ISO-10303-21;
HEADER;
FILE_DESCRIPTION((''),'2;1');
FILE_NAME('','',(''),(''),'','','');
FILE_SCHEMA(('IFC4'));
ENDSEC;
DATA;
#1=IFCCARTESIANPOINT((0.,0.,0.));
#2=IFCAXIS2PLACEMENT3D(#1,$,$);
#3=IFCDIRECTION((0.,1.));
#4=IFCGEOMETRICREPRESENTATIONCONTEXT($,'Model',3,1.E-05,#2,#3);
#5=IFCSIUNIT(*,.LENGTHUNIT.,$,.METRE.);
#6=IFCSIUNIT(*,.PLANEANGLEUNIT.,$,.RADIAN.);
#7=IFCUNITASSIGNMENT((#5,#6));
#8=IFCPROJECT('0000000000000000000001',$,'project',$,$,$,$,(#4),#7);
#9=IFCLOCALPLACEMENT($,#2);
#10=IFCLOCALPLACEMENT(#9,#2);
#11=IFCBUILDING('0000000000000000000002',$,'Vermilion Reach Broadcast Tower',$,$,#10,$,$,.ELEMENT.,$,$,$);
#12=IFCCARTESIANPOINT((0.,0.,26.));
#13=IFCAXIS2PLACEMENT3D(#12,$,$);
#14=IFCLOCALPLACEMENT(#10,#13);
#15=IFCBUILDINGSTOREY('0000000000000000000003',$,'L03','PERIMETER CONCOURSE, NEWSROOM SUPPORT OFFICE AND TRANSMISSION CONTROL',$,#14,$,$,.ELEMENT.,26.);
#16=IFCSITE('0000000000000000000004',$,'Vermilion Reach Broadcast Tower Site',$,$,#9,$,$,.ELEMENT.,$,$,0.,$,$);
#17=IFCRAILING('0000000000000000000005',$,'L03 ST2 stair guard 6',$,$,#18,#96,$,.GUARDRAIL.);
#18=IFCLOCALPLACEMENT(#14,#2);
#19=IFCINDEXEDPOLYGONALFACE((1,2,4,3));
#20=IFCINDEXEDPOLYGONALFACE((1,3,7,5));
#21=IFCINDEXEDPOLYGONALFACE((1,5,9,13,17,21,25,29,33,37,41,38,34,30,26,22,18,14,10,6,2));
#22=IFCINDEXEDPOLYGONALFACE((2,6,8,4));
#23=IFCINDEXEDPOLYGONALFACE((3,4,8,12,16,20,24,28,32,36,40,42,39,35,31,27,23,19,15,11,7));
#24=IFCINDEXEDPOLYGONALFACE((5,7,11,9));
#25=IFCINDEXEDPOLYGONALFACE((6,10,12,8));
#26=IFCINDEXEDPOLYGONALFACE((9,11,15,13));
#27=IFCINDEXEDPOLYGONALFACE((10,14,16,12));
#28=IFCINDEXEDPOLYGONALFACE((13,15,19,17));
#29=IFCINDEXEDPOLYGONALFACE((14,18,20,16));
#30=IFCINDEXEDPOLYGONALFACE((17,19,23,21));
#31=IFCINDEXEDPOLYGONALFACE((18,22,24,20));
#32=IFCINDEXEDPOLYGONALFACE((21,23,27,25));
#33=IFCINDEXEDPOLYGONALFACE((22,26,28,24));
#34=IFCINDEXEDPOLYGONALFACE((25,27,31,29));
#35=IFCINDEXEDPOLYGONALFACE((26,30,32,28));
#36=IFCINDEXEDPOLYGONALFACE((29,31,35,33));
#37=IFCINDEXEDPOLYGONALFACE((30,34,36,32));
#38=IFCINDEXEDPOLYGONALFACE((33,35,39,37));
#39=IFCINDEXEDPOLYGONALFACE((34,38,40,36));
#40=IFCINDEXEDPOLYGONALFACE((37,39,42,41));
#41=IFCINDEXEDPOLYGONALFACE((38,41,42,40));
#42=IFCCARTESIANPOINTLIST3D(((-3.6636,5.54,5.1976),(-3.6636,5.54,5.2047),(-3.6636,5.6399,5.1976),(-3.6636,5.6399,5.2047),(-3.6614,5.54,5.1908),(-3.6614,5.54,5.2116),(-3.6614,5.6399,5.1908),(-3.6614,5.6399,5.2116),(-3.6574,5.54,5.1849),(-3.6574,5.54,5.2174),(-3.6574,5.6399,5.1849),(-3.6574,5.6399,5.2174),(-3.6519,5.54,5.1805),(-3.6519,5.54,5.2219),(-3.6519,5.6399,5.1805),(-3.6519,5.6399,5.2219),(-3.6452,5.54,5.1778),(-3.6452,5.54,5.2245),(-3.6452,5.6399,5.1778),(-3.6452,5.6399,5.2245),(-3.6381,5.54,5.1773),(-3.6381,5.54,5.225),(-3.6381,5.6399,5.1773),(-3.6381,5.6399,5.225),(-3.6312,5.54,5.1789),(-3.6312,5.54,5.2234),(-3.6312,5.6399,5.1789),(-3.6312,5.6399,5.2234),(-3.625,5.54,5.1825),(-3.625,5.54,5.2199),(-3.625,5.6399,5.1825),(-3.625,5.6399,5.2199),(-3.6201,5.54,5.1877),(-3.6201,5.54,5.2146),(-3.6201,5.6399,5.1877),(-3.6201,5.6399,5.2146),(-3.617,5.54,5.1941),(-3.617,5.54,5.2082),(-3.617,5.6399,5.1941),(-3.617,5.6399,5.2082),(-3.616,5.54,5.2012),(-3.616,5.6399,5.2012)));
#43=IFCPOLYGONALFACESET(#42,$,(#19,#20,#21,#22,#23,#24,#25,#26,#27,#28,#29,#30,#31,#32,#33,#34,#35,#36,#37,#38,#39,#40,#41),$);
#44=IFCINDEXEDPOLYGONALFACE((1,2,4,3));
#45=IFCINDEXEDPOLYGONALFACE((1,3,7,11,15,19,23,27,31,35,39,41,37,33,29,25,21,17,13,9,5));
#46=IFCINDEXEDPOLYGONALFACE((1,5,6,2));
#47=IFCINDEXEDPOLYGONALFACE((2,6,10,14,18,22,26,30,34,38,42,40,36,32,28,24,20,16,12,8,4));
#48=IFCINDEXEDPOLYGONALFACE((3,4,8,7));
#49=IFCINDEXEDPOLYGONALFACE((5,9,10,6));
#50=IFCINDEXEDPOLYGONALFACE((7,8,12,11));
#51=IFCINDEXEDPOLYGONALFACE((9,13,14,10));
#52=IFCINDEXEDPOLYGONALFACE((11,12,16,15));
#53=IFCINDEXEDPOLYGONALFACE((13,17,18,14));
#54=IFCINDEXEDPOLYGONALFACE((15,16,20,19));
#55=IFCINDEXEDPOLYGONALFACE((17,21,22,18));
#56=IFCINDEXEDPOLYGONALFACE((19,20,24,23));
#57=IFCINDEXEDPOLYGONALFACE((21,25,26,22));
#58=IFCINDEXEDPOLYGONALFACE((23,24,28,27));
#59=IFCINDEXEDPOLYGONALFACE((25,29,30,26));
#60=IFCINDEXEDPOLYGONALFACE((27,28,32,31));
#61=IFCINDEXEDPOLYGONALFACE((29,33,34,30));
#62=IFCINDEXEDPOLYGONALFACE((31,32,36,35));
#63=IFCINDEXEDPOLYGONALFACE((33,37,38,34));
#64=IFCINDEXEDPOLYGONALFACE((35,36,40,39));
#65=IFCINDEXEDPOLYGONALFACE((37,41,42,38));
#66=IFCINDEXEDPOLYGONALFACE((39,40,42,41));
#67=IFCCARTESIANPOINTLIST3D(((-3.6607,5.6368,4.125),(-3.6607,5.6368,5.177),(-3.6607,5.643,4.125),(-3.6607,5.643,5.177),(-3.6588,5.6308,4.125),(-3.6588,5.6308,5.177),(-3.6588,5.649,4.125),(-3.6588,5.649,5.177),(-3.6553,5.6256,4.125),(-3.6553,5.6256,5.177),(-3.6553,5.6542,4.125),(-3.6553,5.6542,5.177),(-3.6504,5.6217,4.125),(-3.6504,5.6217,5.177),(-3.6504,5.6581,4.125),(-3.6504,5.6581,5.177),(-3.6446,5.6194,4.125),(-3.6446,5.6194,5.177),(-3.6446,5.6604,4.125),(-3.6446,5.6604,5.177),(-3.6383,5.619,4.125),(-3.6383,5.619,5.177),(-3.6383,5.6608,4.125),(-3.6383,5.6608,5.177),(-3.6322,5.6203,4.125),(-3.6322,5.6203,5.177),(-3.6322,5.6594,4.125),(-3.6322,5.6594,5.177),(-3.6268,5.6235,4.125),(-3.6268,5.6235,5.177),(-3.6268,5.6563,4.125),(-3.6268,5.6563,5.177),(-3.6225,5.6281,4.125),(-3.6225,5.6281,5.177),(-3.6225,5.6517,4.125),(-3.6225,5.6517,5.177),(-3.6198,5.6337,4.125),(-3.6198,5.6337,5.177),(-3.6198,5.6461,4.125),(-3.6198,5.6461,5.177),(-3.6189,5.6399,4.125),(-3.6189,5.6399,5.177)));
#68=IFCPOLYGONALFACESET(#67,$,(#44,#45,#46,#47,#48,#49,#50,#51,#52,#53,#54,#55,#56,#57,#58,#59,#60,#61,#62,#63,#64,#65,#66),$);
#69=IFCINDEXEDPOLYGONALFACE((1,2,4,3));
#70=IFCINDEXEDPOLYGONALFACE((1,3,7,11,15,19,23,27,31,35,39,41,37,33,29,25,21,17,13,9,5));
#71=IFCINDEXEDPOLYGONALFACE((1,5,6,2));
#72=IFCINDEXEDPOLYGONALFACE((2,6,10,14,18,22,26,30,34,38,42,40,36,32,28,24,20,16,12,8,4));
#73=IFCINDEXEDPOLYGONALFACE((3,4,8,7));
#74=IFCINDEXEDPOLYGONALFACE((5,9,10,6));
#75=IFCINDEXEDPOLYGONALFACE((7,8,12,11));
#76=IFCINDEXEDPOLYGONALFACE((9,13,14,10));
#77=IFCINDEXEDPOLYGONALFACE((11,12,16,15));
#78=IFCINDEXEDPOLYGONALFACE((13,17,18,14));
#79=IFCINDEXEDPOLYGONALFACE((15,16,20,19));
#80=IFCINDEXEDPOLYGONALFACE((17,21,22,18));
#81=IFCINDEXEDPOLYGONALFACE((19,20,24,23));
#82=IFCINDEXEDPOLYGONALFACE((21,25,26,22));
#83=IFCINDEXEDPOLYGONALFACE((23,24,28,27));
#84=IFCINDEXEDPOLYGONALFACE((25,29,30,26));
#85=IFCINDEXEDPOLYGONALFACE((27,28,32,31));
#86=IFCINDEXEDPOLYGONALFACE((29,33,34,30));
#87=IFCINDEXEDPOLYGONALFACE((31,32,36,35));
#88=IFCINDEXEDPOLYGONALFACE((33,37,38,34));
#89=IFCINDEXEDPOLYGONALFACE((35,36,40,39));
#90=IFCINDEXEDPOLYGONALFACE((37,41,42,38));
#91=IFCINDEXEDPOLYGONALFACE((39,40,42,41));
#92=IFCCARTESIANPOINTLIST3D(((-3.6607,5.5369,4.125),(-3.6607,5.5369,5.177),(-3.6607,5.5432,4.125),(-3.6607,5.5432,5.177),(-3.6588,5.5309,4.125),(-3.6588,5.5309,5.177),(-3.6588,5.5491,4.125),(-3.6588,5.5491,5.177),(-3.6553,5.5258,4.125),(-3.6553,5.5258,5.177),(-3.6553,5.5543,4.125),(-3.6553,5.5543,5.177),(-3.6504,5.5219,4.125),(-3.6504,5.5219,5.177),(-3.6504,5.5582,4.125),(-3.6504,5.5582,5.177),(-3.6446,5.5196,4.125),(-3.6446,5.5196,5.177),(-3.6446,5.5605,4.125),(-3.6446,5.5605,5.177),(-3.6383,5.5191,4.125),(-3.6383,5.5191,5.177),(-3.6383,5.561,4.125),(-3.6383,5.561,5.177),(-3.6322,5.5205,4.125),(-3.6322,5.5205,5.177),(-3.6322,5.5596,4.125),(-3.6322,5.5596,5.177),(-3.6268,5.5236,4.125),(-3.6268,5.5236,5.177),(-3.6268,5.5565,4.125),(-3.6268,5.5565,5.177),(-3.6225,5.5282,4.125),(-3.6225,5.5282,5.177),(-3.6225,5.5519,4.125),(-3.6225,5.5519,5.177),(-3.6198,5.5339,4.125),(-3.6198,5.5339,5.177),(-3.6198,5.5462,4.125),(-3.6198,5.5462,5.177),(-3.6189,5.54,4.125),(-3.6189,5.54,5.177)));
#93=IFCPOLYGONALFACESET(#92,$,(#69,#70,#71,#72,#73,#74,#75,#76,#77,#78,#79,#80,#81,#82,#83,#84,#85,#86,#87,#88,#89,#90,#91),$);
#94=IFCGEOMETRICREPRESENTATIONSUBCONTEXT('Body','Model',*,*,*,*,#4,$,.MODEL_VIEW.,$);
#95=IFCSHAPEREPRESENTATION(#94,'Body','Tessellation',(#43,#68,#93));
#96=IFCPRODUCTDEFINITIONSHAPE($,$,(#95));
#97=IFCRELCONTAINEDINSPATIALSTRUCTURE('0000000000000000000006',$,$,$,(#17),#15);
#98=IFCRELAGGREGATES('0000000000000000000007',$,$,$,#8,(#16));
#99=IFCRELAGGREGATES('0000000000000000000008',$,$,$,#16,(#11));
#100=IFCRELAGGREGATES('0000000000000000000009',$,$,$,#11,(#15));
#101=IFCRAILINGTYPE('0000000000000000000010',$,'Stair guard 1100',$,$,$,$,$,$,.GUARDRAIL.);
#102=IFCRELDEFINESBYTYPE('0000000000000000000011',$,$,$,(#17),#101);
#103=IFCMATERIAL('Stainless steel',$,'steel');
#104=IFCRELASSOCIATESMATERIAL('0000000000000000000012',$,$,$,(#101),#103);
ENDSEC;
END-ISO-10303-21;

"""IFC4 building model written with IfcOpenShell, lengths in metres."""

from ifc_helpers import new_model, si_unit, direction, frame, origin, origin_2d, place, context, subcontext, project, spatial, circle, extrude, material, type_object, element, save


model = new_model("IFC4")

# Units and contexts
model_context = context("Model", 3, precision=1e-05, world=origin(), true_north=direction((0.0, 1.0)))
body_context = subcontext(model_context, "Body", "Model", "MODEL_VIEW")
ifc_project = project(units=[si_unit("LENGTHUNIT", "METRE"), si_unit("PLANEANGLEUNIT", "RADIAN")], contexts=[model_context])

# Site, building, storey
site_placement = place(None, origin())
site = spatial("IfcSite", under=ifc_project, at=site_placement, Name="Vermilion Reach Broadcast Tower Site", CompositionType="ELEMENT", RefElevation=0.0)
building_placement = place(site_placement, origin())
building = spatial("IfcBuilding", under=site, at=building_placement, Name="Vermilion Reach Broadcast Tower", CompositionType="ELEMENT")
storey_placement = place(building_placement, frame((0.0, 0.0, 26.0)))
storey = spatial("IfcBuildingStorey", under=building, at=storey_placement, Name="L03", Description="PERIMETER CONCOURSE, NEWSROOM SUPPORT OFFICE AND TRANSMISSION CONTROL", CompositionType="ELEMENT", Elevation=26.0)

# Railing
ifc_material_1 = material(Name="Stainless steel", Category="steel")
railing_type_1 = type_object("IfcRailingType", Name="Stair guard 1100", PredefinedType="GUARDRAIL", material=ifc_material_1)
railing_1_placement = place(storey_placement, frame((-3.6399, 5.6399, 4.125)))
element("IfcRailing", 1, at=railing_1_placement, inside=storey, type_object=railing_type_1, Name="L03 ST2 stair guard 6", PredefinedType="GUARDRAIL", context=body_context, shape_type="SweptSolid", body=[
    extrude(circle(Radius=0.0239, at=origin_2d()), frame((0.0, 0.0, 1.0762), z_axis=(0.0, -1.0, 0.0), x_axis=(1.0, 0.0, 0.0)), (0.0, 0.0, 1.0), 0.0999),
    extrude(circle(Radius=0.021, at=origin_2d()), origin(), (0.0, 0.0, 1.0), 1.052),
    extrude(circle(Radius=0.021, at=origin_2d()), frame((0.0, -0.0999, 0.0)), (0.0, 0.0, 1.0), 1.052),
])

save(model, "model.ifc")
